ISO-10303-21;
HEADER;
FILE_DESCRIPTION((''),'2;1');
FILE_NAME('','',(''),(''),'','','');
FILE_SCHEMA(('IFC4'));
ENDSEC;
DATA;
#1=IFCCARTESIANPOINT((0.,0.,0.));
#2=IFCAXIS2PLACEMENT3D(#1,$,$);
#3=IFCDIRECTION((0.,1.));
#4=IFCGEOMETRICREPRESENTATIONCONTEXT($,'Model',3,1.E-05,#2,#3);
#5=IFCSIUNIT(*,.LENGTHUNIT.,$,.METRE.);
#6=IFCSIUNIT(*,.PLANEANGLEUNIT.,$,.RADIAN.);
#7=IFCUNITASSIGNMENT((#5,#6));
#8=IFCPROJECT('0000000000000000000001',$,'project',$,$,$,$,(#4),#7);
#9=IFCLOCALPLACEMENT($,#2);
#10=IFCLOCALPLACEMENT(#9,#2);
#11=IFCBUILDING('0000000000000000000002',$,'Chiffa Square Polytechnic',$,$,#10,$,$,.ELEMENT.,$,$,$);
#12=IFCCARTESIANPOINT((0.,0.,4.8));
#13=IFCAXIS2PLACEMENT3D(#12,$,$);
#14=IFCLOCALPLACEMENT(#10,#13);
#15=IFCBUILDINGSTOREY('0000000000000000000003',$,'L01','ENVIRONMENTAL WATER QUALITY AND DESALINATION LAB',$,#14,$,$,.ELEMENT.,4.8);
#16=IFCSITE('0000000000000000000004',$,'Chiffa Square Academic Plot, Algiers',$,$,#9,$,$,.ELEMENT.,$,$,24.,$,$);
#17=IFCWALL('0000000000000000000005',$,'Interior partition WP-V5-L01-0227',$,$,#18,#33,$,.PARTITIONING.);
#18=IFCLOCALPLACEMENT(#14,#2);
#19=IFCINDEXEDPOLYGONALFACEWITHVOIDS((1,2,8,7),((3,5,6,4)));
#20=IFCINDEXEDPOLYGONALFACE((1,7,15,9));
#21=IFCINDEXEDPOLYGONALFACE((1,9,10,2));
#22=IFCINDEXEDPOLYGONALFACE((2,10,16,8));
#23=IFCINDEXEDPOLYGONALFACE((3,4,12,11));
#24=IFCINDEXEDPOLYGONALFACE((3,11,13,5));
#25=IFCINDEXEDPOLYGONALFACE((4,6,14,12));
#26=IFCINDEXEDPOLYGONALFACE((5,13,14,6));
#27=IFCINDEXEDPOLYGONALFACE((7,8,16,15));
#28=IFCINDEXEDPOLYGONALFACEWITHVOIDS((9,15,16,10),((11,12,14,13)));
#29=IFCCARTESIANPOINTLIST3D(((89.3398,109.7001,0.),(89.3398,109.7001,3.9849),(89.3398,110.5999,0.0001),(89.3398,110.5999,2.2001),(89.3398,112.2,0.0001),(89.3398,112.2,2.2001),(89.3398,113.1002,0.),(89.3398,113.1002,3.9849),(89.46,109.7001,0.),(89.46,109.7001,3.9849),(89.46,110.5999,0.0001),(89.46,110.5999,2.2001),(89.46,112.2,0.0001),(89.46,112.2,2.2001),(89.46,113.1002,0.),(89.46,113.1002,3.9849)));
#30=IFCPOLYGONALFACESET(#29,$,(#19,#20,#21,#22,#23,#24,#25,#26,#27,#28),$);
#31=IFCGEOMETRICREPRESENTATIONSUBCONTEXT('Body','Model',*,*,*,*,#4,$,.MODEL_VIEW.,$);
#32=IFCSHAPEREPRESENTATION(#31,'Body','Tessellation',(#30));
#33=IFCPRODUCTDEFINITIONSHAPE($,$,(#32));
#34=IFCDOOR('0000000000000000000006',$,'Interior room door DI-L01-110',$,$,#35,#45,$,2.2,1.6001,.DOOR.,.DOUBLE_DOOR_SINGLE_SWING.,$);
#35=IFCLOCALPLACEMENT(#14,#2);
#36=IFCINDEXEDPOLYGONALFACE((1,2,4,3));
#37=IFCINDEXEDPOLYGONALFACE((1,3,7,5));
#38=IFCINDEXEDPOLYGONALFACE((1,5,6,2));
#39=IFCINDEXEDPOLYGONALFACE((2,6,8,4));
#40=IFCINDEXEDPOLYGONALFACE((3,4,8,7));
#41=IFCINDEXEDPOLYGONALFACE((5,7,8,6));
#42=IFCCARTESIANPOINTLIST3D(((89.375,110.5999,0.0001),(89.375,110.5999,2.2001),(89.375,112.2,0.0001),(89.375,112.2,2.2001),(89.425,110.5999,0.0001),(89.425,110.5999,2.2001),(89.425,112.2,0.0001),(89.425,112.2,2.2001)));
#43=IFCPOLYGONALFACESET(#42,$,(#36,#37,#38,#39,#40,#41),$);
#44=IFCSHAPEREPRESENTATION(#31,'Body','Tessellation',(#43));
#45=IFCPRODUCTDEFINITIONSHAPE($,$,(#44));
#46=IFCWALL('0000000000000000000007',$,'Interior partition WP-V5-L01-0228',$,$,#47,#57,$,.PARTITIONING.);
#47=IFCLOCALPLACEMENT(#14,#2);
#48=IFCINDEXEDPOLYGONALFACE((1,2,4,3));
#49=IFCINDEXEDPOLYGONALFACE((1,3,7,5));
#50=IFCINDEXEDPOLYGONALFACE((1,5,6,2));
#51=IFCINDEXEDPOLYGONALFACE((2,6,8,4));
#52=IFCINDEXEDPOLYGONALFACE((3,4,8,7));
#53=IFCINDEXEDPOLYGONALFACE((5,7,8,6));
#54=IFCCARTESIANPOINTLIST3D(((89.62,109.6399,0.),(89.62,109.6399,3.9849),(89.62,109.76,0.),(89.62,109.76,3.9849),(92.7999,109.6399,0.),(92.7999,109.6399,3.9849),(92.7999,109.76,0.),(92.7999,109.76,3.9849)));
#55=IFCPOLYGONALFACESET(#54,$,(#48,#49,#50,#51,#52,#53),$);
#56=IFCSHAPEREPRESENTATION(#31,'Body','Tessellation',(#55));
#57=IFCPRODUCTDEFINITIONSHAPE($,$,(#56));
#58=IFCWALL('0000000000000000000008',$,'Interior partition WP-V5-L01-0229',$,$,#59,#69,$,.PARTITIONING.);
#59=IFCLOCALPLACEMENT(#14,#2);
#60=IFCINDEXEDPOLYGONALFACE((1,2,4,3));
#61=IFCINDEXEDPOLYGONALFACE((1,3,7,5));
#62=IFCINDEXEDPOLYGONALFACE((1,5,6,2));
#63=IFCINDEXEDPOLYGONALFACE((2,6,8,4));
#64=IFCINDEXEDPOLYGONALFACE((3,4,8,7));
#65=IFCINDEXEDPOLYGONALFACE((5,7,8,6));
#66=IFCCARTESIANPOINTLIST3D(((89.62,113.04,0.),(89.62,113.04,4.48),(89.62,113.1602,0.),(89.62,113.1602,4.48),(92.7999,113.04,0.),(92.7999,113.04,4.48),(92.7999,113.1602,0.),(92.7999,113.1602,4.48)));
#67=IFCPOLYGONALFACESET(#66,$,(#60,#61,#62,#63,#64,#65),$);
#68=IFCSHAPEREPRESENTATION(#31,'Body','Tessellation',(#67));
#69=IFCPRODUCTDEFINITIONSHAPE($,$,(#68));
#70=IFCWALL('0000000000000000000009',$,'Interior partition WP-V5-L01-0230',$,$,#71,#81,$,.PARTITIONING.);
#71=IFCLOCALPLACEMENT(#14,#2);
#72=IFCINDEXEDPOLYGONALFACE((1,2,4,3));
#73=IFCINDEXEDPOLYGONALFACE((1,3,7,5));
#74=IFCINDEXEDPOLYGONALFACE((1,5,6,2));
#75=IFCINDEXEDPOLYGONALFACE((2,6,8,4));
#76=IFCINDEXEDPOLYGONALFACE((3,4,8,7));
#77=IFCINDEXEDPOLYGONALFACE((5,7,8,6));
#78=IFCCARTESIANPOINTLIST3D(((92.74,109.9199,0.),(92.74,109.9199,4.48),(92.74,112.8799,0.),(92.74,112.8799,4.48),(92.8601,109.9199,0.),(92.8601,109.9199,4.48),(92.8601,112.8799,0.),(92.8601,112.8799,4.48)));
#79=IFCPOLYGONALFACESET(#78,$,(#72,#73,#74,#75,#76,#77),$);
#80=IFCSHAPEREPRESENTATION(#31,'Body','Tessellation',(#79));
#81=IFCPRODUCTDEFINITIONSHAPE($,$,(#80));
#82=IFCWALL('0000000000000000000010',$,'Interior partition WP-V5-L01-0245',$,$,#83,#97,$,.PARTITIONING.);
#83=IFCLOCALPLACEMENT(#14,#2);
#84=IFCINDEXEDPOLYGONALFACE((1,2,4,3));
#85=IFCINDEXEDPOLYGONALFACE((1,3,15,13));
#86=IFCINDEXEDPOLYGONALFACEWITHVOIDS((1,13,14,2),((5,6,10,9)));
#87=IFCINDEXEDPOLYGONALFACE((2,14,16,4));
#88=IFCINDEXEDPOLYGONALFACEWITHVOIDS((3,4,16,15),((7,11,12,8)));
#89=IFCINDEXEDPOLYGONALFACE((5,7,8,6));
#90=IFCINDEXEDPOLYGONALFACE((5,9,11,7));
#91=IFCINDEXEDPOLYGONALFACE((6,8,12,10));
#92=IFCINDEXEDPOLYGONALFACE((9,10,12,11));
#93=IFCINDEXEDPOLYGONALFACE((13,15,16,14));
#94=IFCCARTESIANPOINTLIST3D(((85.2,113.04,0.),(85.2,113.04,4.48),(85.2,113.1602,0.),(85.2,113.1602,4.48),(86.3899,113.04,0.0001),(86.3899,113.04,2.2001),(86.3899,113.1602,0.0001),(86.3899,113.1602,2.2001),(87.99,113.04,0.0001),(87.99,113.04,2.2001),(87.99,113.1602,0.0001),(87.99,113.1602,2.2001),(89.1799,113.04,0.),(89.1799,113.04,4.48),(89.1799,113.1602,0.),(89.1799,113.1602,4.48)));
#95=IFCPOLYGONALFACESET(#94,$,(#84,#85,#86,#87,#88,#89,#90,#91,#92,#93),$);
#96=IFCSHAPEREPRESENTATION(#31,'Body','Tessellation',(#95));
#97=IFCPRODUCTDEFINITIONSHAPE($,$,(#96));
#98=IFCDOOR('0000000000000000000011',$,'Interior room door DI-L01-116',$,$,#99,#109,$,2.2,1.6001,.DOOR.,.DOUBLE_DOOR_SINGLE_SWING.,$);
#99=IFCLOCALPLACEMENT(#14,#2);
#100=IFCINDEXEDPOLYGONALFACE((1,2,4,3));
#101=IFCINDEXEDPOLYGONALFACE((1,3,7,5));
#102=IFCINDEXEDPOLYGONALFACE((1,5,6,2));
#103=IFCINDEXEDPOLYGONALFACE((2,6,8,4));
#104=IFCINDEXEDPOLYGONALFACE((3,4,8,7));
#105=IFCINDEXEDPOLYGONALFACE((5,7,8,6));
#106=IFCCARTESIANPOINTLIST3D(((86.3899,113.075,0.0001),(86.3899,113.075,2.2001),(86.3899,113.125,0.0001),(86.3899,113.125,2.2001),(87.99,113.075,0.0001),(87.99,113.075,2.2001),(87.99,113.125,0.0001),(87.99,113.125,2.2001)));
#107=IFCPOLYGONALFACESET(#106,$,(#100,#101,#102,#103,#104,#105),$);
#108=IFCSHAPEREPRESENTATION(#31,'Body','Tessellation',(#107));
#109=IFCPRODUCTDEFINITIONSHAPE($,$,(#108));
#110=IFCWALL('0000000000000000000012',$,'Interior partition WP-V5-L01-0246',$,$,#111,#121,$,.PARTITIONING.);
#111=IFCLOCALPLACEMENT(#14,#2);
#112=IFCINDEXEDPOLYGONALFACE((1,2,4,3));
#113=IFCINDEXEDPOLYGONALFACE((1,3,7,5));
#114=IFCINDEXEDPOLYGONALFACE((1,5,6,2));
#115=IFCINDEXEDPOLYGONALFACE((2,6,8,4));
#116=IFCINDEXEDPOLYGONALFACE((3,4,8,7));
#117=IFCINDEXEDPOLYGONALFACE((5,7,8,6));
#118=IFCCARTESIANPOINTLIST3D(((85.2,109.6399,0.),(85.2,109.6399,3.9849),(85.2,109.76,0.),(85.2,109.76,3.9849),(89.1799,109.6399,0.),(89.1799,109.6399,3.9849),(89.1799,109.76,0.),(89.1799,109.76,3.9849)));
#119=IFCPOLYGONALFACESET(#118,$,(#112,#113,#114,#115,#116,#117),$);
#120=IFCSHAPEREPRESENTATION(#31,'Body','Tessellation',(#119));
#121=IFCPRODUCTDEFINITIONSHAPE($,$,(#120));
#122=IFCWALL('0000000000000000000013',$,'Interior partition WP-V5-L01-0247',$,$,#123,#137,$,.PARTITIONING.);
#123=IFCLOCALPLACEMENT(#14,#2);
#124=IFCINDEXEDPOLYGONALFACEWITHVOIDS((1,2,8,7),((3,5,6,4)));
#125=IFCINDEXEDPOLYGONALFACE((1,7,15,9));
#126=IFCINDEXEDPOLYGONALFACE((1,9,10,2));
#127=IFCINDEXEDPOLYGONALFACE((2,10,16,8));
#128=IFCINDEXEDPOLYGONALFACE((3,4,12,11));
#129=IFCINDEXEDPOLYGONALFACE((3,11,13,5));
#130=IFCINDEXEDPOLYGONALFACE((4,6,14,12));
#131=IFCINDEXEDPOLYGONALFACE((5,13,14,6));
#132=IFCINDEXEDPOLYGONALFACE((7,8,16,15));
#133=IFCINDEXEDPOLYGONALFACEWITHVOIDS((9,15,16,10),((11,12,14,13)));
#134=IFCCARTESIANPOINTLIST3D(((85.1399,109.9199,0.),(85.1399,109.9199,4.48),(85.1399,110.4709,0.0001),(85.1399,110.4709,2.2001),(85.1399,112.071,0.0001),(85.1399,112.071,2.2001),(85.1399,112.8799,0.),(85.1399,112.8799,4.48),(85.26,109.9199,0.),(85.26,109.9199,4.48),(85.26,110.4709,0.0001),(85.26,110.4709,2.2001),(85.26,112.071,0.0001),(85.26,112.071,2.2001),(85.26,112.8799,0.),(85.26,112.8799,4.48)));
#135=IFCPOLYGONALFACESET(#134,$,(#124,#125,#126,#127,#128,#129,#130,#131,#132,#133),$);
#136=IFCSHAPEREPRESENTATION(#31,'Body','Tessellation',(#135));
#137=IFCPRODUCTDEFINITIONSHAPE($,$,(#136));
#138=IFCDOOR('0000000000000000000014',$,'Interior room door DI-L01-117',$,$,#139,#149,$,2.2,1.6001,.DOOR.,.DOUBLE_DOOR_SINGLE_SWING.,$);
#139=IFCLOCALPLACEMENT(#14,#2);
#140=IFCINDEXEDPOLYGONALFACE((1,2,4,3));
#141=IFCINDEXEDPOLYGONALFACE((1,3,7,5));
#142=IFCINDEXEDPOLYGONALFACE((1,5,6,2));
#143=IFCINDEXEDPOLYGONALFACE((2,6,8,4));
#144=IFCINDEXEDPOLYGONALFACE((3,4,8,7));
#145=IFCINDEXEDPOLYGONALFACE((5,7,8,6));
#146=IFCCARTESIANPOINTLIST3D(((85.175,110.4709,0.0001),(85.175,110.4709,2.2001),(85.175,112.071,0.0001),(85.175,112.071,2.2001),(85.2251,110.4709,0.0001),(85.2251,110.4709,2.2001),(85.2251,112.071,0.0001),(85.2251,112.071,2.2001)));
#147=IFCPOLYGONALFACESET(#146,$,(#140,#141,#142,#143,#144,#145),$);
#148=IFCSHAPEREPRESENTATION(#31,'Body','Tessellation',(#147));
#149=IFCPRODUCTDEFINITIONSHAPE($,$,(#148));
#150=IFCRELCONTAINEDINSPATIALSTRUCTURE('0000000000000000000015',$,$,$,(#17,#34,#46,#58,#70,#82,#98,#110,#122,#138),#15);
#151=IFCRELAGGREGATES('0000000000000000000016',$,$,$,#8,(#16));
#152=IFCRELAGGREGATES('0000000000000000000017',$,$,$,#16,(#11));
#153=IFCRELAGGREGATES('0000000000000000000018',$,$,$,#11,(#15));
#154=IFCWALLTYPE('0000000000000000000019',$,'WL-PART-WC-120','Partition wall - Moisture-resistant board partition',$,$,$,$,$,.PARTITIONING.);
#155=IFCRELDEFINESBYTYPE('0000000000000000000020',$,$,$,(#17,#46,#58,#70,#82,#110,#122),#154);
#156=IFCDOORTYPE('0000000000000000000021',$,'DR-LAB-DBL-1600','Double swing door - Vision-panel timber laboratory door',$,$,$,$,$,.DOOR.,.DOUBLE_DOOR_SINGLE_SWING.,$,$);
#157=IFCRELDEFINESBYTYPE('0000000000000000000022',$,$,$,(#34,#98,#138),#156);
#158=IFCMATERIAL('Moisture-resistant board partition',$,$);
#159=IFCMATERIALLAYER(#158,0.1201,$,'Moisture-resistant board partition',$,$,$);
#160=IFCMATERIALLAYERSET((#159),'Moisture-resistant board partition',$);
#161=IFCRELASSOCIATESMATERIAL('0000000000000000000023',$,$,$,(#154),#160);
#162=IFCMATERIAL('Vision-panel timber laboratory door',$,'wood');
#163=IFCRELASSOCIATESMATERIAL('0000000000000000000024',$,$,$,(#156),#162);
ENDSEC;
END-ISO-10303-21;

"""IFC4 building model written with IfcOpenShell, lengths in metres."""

from ifc_helpers import new_model, si_unit, direction, frame, frame_2d, origin, place, context, subcontext, project, spatial, rectangle, extrude, material, layer, layer_set, type_object, element, fill, save


model = new_model("IFC4")

# Units and contexts
model_context = context("Model", 3, precision=1e-05, world=origin(), true_north=direction((0.0, 1.0)))
body_context = subcontext(model_context, "Body", "Model", "MODEL_VIEW")
ifc_project = project(units=[si_unit("LENGTHUNIT", "METRE"), si_unit("PLANEANGLEUNIT", "RADIAN")], contexts=[model_context])

# Site, building, storey
site_placement = place(None, origin())
site = spatial("IfcSite", under=ifc_project, at=site_placement, Name="Chiffa Square Academic Plot, Algiers", CompositionType="ELEMENT", RefElevation=24.0)
building_placement = place(site_placement, origin())
building = spatial("IfcBuilding", under=site, at=building_placement, Name="Chiffa Square Polytechnic", CompositionType="ELEMENT")
storey_placement = place(building_placement, frame((0.0, 0.0, 4.8)))
storey = spatial("IfcBuildingStorey", under=building, at=storey_placement, Name="L01", Description="ENVIRONMENTAL WATER QUALITY AND DESALINATION LAB", CompositionType="ELEMENT", Elevation=4.8)

# Wall, opening, door
ifc_material_1 = material(Name="Moisture-resistant board partition")
ifc_layer_1 = layer(ifc_material_1, 0.1201, Name="Moisture-resistant board partition")
ifc_layer_set_1 = layer_set([ifc_layer_1], Name="Moisture-resistant board partition")
wall_type_1 = type_object("IfcWallType", Name="WL-PART-WC-120", Description="Partition wall - Moisture-resistant board partition", PredefinedType="PARTITIONING", material=ifc_layer_set_1)
wall_1_placement = place(storey_placement, frame((89.3999, 109.7, 0.0), z_axis=(0.0, 0.0, 1.0), x_axis=(0.0, 1.0, 0.0)))
wall_1 = element("IfcWall", 1, at=wall_1_placement, inside=storey, type_object=wall_type_1, Name="Interior partition WP-V5-L01-0227", PredefinedType="PARTITIONING", context=body_context, shape_type="SweptSolid", body=[
    extrude(rectangle(XDim=3.4001, YDim=0.1201, at=frame_2d((1.7002, 0.0))), origin(), (0.0, 0.0, 1.0), 3.9849),
])
opening_1_placement = place(wall_1_placement, frame((0.8999, 0.0, 0.0)))
opening_1 = element("IfcOpeningElement", 2, at=opening_1_placement, cuts=wall_1, PredefinedType="OPENING", context=body_context, shape_type="SweptSolid", body=[
    extrude(rectangle(XDim=1.6001, YDim=2.2, at=frame_2d((0.8, 1.1001))), frame((0.0, 0.0701, 0.0), z_axis=(0.0, -1.0, 0.0), x_axis=(1.0, 0.0, 0.0)), (0.0, 0.0, 1.0), 0.1401),
])
ifc_material_2 = material(Name="Vision-panel timber laboratory door", Category="wood")
door_type_1 = type_object("IfcDoorType", Name="DR-LAB-DBL-1600", Description="Double swing door - Vision-panel timber laboratory door", OperationType="DOUBLE_DOOR_SINGLE_SWING", PredefinedType="DOOR", material=ifc_material_2)
door_1_placement = place(opening_1_placement, origin())
door_1 = element("IfcDoor", 3, at=door_1_placement, inside=storey, type_object=door_type_1, Name="Interior room door DI-L01-110", OperationType="DOUBLE_DOOR_SINGLE_SWING", OverallHeight=2.2, OverallWidth=1.6001, PredefinedType="DOOR", context=body_context, shape_type="SweptSolid", body=[
    extrude(rectangle(XDim=1.6001, YDim=2.2, at=frame_2d((0.8, 1.1001))), frame((0.0, 0.0249, 0.0), z_axis=(0.0, -1.0, 0.0), x_axis=(1.0, 0.0, 0.0)), (0.0, 0.0, 1.0), 0.05),
])
fill(opening_1, door_1)

# Walls
wall_2_placement = place(storey_placement, frame((89.6201, 109.7, 0.0), z_axis=(0.0, 0.0, 1.0), x_axis=(1.0, 0.0, 0.0)))
element("IfcWall", 4, at=wall_2_placement, inside=storey, type_object=wall_type_1, Name="Interior partition WP-V5-L01-0228", PredefinedType="PARTITIONING", context=body_context, shape_type="SweptSolid", body=[
    extrude(rectangle(XDim=3.1799, YDim=0.1201, at=frame_2d((1.5898, 0.0))), origin(), (0.0, 0.0, 1.0), 3.9849),
])
wall_3_placement = place(storey_placement, frame((89.6201, 113.1001, 0.0), z_axis=(0.0, 0.0, 1.0), x_axis=(1.0, 0.0, 0.0)))
element("IfcWall", 5, at=wall_3_placement, inside=storey, type_object=wall_type_1, Name="Interior partition WP-V5-L01-0229", PredefinedType="PARTITIONING", context=body_context, shape_type="SweptSolid", body=[
    extrude(rectangle(XDim=3.1799, YDim=0.1201, at=frame_2d((1.5898, 0.0))), origin(), (0.0, 0.0, 1.0), 4.48),
])
wall_4_placement = place(storey_placement, frame((92.8, 109.9199, 0.0), z_axis=(0.0, 0.0, 1.0), x_axis=(0.0, 1.0, 0.0)))
element("IfcWall", 6, at=wall_4_placement, inside=storey, type_object=wall_type_1, Name="Interior partition WP-V5-L01-0230", PredefinedType="PARTITIONING", context=body_context, shape_type="SweptSolid", body=[
    extrude(rectangle(XDim=2.96, YDim=0.1201, at=frame_2d((1.48, 0.0))), origin(), (0.0, 0.0, 1.0), 4.48),
])

# Wall, opening, door
wall_5_placement = place(storey_placement, frame((85.2, 113.1001, 0.0), z_axis=(0.0, 0.0, 1.0), x_axis=(1.0, 0.0, 0.0)))
wall_5 = element("IfcWall", 7, at=wall_5_placement, inside=storey, type_object=wall_type_1, Name="Interior partition WP-V5-L01-0245", PredefinedType="PARTITIONING", context=body_context, shape_type="SweptSolid", body=[
    extrude(rectangle(XDim=3.98, YDim=0.1201, at=frame_2d((1.99, 0.0))), origin(), (0.0, 0.0, 1.0), 4.48),
])
opening_2_placement = place(wall_5_placement, frame((1.1899, 0.0, 0.0)))
opening_2 = element("IfcOpeningElement", 8, at=opening_2_placement, cuts=wall_5, PredefinedType="OPENING", context=body_context, shape_type="SweptSolid", body=[
    extrude(rectangle(XDim=1.6001, YDim=2.2, at=frame_2d((0.8, 1.1001))), frame((0.0, 0.0701, 0.0), z_axis=(0.0, -1.0, 0.0), x_axis=(1.0, 0.0, 0.0)), (0.0, 0.0, 1.0), 0.1401),
])
door_2_placement = place(opening_2_placement, origin())
door_2 = element("IfcDoor", 9, at=door_2_placement, inside=storey, type_object=door_type_1, Name="Interior room door DI-L01-116", OperationType="DOUBLE_DOOR_SINGLE_SWING", OverallHeight=2.2, OverallWidth=1.6001, PredefinedType="DOOR", context=body_context, shape_type="SweptSolid", body=[
    extrude(rectangle(XDim=1.6001, YDim=2.2, at=frame_2d((0.8, 1.1001))), frame((0.0, 0.0249, 0.0), z_axis=(0.0, -1.0, 0.0), x_axis=(1.0, 0.0, 0.0)), (0.0, 0.0, 1.0), 0.05),
])
fill(opening_2, door_2)

# Wall
wall_6_placement = place(storey_placement, frame((85.2, 109.7, 0.0), z_axis=(0.0, 0.0, 1.0), x_axis=(1.0, 0.0, 0.0)))
element("IfcWall", 10, at=wall_6_placement, inside=storey, type_object=wall_type_1, Name="Interior partition WP-V5-L01-0246", PredefinedType="PARTITIONING", context=body_context, shape_type="SweptSolid", body=[
    extrude(rectangle(XDim=3.98, YDim=0.1201, at=frame_2d((1.99, 0.0))), origin(), (0.0, 0.0, 1.0), 3.9849),
])

# Wall, opening, door
wall_7_placement = place(storey_placement, frame((85.2, 109.9199, 0.0), z_axis=(0.0, 0.0, 1.0), x_axis=(0.0, 1.0, 0.0)))
wall_7 = element("IfcWall", 11, at=wall_7_placement, inside=storey, type_object=wall_type_1, Name="Interior partition WP-V5-L01-0247", PredefinedType="PARTITIONING", context=body_context, shape_type="SweptSolid", body=[
    extrude(rectangle(XDim=2.96, YDim=0.1201, at=frame_2d((1.48, 0.0))), origin(), (0.0, 0.0, 1.0), 4.48),
])
opening_3_placement = place(wall_7_placement, frame((0.551, 0.0, 0.0)))
opening_3 = element("IfcOpeningElement", 12, at=opening_3_placement, cuts=wall_7, PredefinedType="OPENING", context=body_context, shape_type="SweptSolid", body=[
    extrude(rectangle(XDim=1.6001, YDim=2.2, at=frame_2d((0.8, 1.1001))), frame((0.0, 0.0701, 0.0), z_axis=(0.0, -1.0, 0.0), x_axis=(1.0, 0.0, 0.0)), (0.0, 0.0, 1.0), 0.1401),
])
door_3_placement = place(opening_3_placement, origin())
door_3 = element("IfcDoor", 13, at=door_3_placement, inside=storey, type_object=door_type_1, Name="Interior room door DI-L01-117", OperationType="DOUBLE_DOOR_SINGLE_SWING", OverallHeight=2.2, OverallWidth=1.6001, PredefinedType="DOOR", context=body_context, shape_type="SweptSolid", body=[
    extrude(rectangle(XDim=1.6001, YDim=2.2, at=frame_2d((0.8, 1.1001))), frame((0.0, 0.0249, 0.0), z_axis=(0.0, -1.0, 0.0), x_axis=(1.0, 0.0, 0.0)), (0.0, 0.0, 1.0), 0.05),
])
fill(opening_3, door_3)

save(model, "model.ifc")
